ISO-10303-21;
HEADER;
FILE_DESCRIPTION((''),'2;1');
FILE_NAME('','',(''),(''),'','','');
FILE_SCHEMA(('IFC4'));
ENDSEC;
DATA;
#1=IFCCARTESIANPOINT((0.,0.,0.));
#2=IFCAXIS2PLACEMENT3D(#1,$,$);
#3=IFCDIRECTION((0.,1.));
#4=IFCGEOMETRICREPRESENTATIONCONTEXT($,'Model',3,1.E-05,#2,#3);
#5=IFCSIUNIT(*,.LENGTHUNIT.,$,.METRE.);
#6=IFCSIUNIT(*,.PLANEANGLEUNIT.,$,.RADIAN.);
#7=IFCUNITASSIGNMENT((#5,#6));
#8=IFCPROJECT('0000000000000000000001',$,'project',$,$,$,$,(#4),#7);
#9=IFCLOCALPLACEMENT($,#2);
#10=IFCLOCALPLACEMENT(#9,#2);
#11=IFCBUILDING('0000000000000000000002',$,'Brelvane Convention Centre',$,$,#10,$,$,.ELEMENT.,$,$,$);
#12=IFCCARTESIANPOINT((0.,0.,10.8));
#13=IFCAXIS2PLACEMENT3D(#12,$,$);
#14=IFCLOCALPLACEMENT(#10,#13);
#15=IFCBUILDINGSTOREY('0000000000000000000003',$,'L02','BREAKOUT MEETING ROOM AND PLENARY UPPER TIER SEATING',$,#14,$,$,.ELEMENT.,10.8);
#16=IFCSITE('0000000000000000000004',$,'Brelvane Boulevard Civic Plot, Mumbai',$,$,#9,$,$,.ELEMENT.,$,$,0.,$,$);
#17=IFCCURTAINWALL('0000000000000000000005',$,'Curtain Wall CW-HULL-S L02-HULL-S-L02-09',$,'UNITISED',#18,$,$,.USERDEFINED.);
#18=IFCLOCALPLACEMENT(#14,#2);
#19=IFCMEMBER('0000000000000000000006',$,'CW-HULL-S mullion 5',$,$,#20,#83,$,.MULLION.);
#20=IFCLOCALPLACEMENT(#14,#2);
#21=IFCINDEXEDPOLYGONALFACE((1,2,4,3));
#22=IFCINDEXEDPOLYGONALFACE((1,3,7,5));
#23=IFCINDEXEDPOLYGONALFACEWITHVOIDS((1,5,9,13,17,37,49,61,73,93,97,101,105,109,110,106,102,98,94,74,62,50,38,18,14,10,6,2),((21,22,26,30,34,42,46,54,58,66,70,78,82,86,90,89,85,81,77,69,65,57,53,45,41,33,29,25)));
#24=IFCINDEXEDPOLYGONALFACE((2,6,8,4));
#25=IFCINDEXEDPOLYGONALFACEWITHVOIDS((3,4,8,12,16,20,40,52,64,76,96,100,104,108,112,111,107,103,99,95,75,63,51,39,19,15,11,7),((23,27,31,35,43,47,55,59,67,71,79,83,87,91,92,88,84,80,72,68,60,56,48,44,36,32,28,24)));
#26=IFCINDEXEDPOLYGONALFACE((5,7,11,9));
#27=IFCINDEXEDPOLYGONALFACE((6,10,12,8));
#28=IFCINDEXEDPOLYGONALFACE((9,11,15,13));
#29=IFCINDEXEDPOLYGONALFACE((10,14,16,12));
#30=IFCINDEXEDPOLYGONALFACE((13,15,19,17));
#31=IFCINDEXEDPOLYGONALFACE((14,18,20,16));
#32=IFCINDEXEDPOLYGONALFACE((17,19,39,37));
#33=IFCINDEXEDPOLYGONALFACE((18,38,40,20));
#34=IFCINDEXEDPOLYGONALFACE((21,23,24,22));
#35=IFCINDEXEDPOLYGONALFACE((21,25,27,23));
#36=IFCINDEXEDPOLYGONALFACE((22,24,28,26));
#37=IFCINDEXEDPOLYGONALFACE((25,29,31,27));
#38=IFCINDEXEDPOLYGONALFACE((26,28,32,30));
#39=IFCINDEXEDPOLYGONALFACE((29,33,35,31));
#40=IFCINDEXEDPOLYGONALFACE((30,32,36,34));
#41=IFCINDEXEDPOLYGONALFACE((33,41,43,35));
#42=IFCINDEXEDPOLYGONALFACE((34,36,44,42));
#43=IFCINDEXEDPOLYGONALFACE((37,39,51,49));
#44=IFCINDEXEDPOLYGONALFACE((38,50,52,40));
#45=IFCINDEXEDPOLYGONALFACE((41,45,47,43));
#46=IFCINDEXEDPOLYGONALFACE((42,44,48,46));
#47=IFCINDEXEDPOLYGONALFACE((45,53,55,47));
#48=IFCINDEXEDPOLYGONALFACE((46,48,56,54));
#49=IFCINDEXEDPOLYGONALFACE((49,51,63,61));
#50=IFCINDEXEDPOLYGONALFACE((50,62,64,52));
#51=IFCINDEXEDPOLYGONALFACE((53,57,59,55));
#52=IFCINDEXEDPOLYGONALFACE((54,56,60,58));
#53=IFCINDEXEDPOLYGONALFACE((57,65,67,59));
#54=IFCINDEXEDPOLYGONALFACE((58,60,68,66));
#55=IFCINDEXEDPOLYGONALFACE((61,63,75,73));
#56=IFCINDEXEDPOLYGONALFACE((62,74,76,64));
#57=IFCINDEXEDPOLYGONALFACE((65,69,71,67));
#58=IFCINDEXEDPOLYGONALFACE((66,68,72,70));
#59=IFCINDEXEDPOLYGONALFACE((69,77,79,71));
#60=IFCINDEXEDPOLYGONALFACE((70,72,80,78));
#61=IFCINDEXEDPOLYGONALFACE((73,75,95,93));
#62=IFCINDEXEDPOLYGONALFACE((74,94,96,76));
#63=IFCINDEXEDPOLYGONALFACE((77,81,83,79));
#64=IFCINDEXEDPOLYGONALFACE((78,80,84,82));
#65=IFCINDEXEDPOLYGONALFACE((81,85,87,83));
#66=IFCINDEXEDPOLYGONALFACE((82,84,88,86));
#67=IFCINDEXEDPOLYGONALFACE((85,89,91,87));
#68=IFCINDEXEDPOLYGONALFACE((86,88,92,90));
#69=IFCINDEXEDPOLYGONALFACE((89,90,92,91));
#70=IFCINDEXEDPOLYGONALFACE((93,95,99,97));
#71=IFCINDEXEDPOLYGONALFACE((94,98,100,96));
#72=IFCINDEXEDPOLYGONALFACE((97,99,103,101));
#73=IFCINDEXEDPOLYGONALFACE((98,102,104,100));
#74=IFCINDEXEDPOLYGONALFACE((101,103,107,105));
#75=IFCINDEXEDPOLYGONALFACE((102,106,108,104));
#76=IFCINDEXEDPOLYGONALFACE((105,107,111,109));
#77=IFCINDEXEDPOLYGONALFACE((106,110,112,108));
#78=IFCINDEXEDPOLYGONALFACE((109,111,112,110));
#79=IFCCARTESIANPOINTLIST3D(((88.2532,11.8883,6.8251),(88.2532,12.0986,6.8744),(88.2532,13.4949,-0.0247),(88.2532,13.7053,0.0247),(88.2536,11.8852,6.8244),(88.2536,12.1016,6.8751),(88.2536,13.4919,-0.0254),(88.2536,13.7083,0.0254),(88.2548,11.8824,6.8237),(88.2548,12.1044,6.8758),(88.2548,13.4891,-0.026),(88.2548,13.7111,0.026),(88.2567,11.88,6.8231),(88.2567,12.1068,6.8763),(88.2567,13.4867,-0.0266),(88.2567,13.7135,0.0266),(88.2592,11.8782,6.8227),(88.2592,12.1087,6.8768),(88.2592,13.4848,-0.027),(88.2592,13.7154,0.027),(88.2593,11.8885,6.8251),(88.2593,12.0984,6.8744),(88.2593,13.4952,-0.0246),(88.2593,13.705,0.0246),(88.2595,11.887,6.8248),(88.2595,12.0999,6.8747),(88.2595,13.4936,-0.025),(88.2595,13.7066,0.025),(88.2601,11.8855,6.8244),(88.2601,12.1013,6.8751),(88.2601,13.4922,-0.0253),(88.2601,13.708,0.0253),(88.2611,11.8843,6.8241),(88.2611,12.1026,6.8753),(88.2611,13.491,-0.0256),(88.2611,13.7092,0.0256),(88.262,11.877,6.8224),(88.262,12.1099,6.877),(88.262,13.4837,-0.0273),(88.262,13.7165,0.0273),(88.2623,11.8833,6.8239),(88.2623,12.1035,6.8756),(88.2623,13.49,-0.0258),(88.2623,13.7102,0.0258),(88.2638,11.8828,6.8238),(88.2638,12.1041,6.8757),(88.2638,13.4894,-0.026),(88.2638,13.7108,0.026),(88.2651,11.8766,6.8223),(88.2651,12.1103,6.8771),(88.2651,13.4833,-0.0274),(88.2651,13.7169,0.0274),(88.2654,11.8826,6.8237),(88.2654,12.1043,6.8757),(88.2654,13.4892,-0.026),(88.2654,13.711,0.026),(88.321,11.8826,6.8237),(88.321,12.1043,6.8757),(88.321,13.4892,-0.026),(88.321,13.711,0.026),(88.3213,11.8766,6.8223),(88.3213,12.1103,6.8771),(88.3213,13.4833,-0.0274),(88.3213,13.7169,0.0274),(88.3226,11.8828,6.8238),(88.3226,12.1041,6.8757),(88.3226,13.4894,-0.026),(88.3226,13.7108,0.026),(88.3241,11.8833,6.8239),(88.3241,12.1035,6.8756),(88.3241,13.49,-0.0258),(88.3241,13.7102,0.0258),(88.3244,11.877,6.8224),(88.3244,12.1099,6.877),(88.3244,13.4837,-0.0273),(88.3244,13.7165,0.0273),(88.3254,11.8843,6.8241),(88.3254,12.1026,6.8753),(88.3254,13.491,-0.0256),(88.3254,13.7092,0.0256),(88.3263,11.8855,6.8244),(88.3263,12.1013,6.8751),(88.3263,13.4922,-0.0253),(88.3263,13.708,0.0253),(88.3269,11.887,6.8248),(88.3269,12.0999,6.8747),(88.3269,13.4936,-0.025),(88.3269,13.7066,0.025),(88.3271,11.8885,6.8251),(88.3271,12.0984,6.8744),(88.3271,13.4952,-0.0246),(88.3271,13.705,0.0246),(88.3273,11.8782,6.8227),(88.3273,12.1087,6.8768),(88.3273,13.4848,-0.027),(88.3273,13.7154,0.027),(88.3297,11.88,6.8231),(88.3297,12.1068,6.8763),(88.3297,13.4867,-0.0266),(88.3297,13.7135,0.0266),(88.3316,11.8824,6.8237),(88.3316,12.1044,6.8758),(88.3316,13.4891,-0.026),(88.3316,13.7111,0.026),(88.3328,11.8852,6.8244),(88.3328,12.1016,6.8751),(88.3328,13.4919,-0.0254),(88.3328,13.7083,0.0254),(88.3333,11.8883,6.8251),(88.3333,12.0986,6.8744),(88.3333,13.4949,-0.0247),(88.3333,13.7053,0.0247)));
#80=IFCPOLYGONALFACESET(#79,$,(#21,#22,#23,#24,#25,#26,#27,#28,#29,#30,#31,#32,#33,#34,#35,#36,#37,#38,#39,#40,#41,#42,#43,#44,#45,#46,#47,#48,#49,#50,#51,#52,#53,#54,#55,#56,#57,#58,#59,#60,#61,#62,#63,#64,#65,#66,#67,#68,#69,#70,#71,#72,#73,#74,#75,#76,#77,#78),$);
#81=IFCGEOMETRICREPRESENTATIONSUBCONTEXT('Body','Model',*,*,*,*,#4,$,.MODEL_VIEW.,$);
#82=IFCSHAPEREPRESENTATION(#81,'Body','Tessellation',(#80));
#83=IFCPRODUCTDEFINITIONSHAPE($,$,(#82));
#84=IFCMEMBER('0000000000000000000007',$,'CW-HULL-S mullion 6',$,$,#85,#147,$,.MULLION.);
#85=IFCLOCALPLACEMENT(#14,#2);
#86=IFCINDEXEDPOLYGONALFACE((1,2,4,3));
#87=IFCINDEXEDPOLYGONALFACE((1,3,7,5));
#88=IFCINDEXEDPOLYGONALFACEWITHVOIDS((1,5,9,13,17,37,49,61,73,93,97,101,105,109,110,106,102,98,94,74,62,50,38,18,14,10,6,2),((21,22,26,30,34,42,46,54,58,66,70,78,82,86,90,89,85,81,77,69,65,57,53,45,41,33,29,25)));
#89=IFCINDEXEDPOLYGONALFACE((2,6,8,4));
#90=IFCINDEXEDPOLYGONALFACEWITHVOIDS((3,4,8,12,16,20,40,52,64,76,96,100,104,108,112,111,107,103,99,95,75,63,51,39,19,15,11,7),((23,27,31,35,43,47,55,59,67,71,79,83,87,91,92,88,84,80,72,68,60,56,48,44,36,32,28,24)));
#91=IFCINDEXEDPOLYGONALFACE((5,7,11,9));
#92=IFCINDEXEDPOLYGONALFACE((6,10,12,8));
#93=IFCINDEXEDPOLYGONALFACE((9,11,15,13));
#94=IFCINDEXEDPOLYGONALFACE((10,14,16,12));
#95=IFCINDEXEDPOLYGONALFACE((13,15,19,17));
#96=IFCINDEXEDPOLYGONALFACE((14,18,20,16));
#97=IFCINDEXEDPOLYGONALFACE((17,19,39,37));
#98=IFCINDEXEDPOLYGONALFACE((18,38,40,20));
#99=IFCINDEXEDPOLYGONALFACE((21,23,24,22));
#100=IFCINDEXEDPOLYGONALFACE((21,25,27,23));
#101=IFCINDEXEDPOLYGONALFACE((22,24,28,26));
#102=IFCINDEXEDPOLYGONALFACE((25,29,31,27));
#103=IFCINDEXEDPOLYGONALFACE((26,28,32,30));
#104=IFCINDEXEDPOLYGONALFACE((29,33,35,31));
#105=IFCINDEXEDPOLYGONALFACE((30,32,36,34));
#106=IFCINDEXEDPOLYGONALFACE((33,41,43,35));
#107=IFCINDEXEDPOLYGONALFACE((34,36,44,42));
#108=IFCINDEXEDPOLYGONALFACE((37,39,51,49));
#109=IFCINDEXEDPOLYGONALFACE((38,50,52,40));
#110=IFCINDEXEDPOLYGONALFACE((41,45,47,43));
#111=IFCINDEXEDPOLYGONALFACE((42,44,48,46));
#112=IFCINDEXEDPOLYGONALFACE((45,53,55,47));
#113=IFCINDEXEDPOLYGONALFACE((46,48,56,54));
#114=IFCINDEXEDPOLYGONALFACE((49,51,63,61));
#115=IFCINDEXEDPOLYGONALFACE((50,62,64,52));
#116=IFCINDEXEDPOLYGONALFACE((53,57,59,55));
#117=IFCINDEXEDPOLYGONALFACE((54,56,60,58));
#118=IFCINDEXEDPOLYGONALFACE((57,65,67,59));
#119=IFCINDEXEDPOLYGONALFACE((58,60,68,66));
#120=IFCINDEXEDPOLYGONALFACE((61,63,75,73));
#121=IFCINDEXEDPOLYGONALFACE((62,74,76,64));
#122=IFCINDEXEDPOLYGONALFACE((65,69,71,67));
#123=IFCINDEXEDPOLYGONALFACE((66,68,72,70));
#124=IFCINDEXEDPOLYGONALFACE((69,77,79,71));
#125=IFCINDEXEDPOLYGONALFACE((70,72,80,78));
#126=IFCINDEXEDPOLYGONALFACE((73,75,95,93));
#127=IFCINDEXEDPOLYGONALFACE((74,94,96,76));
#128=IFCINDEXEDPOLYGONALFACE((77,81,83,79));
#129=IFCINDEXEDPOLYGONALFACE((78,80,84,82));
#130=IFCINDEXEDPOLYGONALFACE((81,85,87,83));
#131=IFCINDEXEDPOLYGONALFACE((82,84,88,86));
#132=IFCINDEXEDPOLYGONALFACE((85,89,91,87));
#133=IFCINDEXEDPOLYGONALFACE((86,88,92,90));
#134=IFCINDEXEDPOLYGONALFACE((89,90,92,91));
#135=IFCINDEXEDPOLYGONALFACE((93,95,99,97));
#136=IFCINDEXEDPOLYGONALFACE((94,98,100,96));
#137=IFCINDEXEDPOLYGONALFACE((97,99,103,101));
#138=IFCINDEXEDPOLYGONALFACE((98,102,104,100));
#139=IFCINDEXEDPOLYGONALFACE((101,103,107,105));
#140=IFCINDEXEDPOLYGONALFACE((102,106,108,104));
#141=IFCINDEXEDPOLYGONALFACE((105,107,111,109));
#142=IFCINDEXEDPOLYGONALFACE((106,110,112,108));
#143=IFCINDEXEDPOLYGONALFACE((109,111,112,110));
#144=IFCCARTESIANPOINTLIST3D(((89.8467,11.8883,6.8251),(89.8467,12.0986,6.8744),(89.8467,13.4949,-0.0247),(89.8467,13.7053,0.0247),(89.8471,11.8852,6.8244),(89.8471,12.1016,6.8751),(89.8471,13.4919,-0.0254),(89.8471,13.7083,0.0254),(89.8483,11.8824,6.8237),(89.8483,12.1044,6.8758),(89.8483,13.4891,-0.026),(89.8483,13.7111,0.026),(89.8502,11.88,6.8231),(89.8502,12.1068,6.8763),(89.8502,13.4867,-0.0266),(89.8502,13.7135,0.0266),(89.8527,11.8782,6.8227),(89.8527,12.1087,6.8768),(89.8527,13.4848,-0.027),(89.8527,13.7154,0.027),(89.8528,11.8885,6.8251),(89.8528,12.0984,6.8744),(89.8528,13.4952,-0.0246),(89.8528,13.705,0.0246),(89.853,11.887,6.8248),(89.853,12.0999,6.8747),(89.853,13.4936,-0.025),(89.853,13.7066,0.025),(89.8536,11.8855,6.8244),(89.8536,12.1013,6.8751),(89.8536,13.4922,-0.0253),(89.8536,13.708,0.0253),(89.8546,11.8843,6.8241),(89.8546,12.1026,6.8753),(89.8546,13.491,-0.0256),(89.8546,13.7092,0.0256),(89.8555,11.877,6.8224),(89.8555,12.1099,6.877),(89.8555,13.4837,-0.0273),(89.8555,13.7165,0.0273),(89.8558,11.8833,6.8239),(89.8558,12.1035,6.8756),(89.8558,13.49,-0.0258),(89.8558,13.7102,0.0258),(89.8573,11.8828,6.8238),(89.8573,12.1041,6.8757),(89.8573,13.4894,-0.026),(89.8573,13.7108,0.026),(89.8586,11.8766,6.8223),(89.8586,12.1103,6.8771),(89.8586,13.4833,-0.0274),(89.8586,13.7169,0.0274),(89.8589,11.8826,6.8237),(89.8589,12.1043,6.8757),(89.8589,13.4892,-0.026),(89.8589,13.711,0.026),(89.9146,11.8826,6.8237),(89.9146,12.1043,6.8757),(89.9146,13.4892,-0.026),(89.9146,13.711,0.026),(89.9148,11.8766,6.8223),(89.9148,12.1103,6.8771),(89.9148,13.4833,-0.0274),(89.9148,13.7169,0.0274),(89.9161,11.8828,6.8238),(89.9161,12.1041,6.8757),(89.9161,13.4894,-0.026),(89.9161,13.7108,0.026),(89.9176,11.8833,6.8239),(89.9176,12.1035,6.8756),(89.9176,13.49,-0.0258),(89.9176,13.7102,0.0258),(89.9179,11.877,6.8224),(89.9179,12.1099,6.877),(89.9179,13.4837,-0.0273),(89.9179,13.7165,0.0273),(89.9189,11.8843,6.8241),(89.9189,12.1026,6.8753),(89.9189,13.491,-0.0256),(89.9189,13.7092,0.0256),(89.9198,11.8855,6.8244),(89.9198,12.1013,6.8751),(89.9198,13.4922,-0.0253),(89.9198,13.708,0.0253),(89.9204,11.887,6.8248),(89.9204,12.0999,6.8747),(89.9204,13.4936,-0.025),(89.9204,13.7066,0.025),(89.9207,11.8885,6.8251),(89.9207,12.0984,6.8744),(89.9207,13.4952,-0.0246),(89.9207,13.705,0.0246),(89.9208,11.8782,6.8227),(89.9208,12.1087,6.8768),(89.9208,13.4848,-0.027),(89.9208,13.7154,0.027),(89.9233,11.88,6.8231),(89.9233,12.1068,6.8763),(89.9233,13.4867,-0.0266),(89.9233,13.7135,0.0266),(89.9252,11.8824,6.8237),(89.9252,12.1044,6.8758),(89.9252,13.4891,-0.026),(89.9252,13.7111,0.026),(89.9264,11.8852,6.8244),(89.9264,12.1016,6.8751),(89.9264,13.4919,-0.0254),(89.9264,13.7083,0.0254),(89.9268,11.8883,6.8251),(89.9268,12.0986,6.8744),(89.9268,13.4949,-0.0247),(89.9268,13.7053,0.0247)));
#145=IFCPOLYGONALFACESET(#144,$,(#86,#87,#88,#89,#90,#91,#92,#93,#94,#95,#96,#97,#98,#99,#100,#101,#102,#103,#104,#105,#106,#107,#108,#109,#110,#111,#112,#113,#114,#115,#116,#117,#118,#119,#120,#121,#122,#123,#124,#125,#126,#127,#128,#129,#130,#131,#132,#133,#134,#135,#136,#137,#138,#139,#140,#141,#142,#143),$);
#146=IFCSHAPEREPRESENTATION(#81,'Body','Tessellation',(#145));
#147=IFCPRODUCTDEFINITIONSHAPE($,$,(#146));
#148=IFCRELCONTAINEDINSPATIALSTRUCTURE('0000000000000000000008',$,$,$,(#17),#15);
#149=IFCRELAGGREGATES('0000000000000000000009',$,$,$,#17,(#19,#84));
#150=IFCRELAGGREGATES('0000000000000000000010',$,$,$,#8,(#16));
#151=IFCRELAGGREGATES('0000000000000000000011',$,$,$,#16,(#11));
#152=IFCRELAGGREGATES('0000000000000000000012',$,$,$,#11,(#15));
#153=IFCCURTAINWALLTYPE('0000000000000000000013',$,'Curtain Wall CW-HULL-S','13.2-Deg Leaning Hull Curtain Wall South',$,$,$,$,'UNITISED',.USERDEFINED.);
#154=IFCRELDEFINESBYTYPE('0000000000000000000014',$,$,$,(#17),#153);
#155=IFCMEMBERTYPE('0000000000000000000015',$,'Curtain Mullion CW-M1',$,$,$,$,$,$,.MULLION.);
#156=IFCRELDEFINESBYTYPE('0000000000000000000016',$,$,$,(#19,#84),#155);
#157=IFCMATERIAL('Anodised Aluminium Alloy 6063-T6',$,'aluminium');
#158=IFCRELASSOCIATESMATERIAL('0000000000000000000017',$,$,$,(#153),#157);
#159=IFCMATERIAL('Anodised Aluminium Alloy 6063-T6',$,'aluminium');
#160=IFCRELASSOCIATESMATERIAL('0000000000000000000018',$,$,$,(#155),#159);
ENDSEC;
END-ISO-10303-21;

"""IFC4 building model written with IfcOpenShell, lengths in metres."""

from ifc_helpers import new_model, si_unit, direction, frame, origin, origin_2d, place, context, subcontext, project, spatial, hollow_rectangle, extrude, material, material_profile, profile_set, type_object, element, aggregate, save


model = new_model("IFC4")

# Units and contexts
model_context = context("Model", 3, precision=1e-05, world=origin(), true_north=direction((0.0, 1.0)))
body_context = subcontext(model_context, "Body", "Model", "MODEL_VIEW")
ifc_project = project(units=[si_unit("LENGTHUNIT", "METRE"), si_unit("PLANEANGLEUNIT", "RADIAN")], contexts=[model_context])

# Site, building, storey
site_placement = place(None, origin())
site = spatial("IfcSite", under=ifc_project, at=site_placement, Name="Brelvane Boulevard Civic Plot, Mumbai", CompositionType="ELEMENT", RefElevation=0.0)
building_placement = place(site_placement, origin())
building = spatial("IfcBuilding", under=site, at=building_placement, Name="Brelvane Convention Centre", CompositionType="ELEMENT")
storey_placement = place(building_placement, frame((0.0, 0.0, 10.8)))
storey = spatial("IfcBuildingStorey", under=building, at=storey_placement, Name="L02", Description="BREAKOUT MEETING ROOM AND PLENARY UPPER TIER SEATING", CompositionType="ELEMENT", Elevation=10.8)

# Curtain wall, members
ifc_material_1 = material(Name="Anodised Aluminium Alloy 6063-T6", Category="aluminium")
curtain_wall_type = type_object("IfcCurtainWallType", Name="Curtain Wall CW-HULL-S", Description="13.2-Deg Leaning Hull Curtain Wall South", ElementType="UNITISED", PredefinedType="USERDEFINED", material=ifc_material_1)
curtain_wall_1_placement = place(storey_placement, origin())
curtain_wall_1 = element("IfcCurtainWall", 1, at=curtain_wall_1_placement, inside=storey, type_object=curtain_wall_type, Name="Curtain Wall CW-HULL-S L02-HULL-S-L02-09", ObjectType="UNITISED", PredefinedType="USERDEFINED")
ifc_material_2 = material(Name="Anodised Aluminium Alloy 6063-T6", Category="aluminium")
ifc_material_profile_1 = material_profile(ifc_material_2, hollow_rectangle(XDim=0.0801, YDim=0.24, WallThickness=0.0061, InnerFilletRadius=0.0061, OuterFilletRadius=0.012, at=origin_2d()), Name="ALU-M 240x80x6.0")
ifc_profile_set_1 = profile_set([ifc_material_profile_1], Name="Anodised Aluminium Alloy 6063-T6")
member_type_1 = type_object("IfcMemberType", Name="Curtain Mullion CW-M1", PredefinedType="MULLION", material=ifc_profile_set_1)
member_1_placement = place(storey_placement, frame((88.2932, 13.6001, 0.0), z_axis=(0.0, -0.22836, 0.973577), x_axis=(1.0, 0.0, 0.0)))
member_1 = element("IfcMember", 2, at=member_1_placement, type_object=member_type_1, Name="CW-HULL-S mullion 5", PredefinedType="MULLION", context=body_context, shape_type="SweptSolid", body=[
    extrude(hollow_rectangle(XDim=0.0801, YDim=0.24, WallThickness=0.0061, InnerFilletRadius=0.0061, OuterFilletRadius=0.012, at=origin_2d()), origin(), (0.0, 0.0, 1.0), 7.0356),
])
member_2_placement = place(storey_placement, frame((89.8867, 13.6001, 0.0), z_axis=(0.0, -0.22836, 0.973577), x_axis=(1.0, 0.0, 0.0)))
member_2 = element("IfcMember", 3, at=member_2_placement, type_object=member_type_1, Name="CW-HULL-S mullion 6", PredefinedType="MULLION", context=body_context, shape_type="SweptSolid", body=[
    extrude(hollow_rectangle(XDim=0.0801, YDim=0.24, WallThickness=0.0061, InnerFilletRadius=0.0061, OuterFilletRadius=0.012, at=origin_2d()), origin(), (0.0, 0.0, 1.0), 7.0356),
])

aggregate(curtain_wall_1, [member_1, member_2])

save(model, "model.ifc")
